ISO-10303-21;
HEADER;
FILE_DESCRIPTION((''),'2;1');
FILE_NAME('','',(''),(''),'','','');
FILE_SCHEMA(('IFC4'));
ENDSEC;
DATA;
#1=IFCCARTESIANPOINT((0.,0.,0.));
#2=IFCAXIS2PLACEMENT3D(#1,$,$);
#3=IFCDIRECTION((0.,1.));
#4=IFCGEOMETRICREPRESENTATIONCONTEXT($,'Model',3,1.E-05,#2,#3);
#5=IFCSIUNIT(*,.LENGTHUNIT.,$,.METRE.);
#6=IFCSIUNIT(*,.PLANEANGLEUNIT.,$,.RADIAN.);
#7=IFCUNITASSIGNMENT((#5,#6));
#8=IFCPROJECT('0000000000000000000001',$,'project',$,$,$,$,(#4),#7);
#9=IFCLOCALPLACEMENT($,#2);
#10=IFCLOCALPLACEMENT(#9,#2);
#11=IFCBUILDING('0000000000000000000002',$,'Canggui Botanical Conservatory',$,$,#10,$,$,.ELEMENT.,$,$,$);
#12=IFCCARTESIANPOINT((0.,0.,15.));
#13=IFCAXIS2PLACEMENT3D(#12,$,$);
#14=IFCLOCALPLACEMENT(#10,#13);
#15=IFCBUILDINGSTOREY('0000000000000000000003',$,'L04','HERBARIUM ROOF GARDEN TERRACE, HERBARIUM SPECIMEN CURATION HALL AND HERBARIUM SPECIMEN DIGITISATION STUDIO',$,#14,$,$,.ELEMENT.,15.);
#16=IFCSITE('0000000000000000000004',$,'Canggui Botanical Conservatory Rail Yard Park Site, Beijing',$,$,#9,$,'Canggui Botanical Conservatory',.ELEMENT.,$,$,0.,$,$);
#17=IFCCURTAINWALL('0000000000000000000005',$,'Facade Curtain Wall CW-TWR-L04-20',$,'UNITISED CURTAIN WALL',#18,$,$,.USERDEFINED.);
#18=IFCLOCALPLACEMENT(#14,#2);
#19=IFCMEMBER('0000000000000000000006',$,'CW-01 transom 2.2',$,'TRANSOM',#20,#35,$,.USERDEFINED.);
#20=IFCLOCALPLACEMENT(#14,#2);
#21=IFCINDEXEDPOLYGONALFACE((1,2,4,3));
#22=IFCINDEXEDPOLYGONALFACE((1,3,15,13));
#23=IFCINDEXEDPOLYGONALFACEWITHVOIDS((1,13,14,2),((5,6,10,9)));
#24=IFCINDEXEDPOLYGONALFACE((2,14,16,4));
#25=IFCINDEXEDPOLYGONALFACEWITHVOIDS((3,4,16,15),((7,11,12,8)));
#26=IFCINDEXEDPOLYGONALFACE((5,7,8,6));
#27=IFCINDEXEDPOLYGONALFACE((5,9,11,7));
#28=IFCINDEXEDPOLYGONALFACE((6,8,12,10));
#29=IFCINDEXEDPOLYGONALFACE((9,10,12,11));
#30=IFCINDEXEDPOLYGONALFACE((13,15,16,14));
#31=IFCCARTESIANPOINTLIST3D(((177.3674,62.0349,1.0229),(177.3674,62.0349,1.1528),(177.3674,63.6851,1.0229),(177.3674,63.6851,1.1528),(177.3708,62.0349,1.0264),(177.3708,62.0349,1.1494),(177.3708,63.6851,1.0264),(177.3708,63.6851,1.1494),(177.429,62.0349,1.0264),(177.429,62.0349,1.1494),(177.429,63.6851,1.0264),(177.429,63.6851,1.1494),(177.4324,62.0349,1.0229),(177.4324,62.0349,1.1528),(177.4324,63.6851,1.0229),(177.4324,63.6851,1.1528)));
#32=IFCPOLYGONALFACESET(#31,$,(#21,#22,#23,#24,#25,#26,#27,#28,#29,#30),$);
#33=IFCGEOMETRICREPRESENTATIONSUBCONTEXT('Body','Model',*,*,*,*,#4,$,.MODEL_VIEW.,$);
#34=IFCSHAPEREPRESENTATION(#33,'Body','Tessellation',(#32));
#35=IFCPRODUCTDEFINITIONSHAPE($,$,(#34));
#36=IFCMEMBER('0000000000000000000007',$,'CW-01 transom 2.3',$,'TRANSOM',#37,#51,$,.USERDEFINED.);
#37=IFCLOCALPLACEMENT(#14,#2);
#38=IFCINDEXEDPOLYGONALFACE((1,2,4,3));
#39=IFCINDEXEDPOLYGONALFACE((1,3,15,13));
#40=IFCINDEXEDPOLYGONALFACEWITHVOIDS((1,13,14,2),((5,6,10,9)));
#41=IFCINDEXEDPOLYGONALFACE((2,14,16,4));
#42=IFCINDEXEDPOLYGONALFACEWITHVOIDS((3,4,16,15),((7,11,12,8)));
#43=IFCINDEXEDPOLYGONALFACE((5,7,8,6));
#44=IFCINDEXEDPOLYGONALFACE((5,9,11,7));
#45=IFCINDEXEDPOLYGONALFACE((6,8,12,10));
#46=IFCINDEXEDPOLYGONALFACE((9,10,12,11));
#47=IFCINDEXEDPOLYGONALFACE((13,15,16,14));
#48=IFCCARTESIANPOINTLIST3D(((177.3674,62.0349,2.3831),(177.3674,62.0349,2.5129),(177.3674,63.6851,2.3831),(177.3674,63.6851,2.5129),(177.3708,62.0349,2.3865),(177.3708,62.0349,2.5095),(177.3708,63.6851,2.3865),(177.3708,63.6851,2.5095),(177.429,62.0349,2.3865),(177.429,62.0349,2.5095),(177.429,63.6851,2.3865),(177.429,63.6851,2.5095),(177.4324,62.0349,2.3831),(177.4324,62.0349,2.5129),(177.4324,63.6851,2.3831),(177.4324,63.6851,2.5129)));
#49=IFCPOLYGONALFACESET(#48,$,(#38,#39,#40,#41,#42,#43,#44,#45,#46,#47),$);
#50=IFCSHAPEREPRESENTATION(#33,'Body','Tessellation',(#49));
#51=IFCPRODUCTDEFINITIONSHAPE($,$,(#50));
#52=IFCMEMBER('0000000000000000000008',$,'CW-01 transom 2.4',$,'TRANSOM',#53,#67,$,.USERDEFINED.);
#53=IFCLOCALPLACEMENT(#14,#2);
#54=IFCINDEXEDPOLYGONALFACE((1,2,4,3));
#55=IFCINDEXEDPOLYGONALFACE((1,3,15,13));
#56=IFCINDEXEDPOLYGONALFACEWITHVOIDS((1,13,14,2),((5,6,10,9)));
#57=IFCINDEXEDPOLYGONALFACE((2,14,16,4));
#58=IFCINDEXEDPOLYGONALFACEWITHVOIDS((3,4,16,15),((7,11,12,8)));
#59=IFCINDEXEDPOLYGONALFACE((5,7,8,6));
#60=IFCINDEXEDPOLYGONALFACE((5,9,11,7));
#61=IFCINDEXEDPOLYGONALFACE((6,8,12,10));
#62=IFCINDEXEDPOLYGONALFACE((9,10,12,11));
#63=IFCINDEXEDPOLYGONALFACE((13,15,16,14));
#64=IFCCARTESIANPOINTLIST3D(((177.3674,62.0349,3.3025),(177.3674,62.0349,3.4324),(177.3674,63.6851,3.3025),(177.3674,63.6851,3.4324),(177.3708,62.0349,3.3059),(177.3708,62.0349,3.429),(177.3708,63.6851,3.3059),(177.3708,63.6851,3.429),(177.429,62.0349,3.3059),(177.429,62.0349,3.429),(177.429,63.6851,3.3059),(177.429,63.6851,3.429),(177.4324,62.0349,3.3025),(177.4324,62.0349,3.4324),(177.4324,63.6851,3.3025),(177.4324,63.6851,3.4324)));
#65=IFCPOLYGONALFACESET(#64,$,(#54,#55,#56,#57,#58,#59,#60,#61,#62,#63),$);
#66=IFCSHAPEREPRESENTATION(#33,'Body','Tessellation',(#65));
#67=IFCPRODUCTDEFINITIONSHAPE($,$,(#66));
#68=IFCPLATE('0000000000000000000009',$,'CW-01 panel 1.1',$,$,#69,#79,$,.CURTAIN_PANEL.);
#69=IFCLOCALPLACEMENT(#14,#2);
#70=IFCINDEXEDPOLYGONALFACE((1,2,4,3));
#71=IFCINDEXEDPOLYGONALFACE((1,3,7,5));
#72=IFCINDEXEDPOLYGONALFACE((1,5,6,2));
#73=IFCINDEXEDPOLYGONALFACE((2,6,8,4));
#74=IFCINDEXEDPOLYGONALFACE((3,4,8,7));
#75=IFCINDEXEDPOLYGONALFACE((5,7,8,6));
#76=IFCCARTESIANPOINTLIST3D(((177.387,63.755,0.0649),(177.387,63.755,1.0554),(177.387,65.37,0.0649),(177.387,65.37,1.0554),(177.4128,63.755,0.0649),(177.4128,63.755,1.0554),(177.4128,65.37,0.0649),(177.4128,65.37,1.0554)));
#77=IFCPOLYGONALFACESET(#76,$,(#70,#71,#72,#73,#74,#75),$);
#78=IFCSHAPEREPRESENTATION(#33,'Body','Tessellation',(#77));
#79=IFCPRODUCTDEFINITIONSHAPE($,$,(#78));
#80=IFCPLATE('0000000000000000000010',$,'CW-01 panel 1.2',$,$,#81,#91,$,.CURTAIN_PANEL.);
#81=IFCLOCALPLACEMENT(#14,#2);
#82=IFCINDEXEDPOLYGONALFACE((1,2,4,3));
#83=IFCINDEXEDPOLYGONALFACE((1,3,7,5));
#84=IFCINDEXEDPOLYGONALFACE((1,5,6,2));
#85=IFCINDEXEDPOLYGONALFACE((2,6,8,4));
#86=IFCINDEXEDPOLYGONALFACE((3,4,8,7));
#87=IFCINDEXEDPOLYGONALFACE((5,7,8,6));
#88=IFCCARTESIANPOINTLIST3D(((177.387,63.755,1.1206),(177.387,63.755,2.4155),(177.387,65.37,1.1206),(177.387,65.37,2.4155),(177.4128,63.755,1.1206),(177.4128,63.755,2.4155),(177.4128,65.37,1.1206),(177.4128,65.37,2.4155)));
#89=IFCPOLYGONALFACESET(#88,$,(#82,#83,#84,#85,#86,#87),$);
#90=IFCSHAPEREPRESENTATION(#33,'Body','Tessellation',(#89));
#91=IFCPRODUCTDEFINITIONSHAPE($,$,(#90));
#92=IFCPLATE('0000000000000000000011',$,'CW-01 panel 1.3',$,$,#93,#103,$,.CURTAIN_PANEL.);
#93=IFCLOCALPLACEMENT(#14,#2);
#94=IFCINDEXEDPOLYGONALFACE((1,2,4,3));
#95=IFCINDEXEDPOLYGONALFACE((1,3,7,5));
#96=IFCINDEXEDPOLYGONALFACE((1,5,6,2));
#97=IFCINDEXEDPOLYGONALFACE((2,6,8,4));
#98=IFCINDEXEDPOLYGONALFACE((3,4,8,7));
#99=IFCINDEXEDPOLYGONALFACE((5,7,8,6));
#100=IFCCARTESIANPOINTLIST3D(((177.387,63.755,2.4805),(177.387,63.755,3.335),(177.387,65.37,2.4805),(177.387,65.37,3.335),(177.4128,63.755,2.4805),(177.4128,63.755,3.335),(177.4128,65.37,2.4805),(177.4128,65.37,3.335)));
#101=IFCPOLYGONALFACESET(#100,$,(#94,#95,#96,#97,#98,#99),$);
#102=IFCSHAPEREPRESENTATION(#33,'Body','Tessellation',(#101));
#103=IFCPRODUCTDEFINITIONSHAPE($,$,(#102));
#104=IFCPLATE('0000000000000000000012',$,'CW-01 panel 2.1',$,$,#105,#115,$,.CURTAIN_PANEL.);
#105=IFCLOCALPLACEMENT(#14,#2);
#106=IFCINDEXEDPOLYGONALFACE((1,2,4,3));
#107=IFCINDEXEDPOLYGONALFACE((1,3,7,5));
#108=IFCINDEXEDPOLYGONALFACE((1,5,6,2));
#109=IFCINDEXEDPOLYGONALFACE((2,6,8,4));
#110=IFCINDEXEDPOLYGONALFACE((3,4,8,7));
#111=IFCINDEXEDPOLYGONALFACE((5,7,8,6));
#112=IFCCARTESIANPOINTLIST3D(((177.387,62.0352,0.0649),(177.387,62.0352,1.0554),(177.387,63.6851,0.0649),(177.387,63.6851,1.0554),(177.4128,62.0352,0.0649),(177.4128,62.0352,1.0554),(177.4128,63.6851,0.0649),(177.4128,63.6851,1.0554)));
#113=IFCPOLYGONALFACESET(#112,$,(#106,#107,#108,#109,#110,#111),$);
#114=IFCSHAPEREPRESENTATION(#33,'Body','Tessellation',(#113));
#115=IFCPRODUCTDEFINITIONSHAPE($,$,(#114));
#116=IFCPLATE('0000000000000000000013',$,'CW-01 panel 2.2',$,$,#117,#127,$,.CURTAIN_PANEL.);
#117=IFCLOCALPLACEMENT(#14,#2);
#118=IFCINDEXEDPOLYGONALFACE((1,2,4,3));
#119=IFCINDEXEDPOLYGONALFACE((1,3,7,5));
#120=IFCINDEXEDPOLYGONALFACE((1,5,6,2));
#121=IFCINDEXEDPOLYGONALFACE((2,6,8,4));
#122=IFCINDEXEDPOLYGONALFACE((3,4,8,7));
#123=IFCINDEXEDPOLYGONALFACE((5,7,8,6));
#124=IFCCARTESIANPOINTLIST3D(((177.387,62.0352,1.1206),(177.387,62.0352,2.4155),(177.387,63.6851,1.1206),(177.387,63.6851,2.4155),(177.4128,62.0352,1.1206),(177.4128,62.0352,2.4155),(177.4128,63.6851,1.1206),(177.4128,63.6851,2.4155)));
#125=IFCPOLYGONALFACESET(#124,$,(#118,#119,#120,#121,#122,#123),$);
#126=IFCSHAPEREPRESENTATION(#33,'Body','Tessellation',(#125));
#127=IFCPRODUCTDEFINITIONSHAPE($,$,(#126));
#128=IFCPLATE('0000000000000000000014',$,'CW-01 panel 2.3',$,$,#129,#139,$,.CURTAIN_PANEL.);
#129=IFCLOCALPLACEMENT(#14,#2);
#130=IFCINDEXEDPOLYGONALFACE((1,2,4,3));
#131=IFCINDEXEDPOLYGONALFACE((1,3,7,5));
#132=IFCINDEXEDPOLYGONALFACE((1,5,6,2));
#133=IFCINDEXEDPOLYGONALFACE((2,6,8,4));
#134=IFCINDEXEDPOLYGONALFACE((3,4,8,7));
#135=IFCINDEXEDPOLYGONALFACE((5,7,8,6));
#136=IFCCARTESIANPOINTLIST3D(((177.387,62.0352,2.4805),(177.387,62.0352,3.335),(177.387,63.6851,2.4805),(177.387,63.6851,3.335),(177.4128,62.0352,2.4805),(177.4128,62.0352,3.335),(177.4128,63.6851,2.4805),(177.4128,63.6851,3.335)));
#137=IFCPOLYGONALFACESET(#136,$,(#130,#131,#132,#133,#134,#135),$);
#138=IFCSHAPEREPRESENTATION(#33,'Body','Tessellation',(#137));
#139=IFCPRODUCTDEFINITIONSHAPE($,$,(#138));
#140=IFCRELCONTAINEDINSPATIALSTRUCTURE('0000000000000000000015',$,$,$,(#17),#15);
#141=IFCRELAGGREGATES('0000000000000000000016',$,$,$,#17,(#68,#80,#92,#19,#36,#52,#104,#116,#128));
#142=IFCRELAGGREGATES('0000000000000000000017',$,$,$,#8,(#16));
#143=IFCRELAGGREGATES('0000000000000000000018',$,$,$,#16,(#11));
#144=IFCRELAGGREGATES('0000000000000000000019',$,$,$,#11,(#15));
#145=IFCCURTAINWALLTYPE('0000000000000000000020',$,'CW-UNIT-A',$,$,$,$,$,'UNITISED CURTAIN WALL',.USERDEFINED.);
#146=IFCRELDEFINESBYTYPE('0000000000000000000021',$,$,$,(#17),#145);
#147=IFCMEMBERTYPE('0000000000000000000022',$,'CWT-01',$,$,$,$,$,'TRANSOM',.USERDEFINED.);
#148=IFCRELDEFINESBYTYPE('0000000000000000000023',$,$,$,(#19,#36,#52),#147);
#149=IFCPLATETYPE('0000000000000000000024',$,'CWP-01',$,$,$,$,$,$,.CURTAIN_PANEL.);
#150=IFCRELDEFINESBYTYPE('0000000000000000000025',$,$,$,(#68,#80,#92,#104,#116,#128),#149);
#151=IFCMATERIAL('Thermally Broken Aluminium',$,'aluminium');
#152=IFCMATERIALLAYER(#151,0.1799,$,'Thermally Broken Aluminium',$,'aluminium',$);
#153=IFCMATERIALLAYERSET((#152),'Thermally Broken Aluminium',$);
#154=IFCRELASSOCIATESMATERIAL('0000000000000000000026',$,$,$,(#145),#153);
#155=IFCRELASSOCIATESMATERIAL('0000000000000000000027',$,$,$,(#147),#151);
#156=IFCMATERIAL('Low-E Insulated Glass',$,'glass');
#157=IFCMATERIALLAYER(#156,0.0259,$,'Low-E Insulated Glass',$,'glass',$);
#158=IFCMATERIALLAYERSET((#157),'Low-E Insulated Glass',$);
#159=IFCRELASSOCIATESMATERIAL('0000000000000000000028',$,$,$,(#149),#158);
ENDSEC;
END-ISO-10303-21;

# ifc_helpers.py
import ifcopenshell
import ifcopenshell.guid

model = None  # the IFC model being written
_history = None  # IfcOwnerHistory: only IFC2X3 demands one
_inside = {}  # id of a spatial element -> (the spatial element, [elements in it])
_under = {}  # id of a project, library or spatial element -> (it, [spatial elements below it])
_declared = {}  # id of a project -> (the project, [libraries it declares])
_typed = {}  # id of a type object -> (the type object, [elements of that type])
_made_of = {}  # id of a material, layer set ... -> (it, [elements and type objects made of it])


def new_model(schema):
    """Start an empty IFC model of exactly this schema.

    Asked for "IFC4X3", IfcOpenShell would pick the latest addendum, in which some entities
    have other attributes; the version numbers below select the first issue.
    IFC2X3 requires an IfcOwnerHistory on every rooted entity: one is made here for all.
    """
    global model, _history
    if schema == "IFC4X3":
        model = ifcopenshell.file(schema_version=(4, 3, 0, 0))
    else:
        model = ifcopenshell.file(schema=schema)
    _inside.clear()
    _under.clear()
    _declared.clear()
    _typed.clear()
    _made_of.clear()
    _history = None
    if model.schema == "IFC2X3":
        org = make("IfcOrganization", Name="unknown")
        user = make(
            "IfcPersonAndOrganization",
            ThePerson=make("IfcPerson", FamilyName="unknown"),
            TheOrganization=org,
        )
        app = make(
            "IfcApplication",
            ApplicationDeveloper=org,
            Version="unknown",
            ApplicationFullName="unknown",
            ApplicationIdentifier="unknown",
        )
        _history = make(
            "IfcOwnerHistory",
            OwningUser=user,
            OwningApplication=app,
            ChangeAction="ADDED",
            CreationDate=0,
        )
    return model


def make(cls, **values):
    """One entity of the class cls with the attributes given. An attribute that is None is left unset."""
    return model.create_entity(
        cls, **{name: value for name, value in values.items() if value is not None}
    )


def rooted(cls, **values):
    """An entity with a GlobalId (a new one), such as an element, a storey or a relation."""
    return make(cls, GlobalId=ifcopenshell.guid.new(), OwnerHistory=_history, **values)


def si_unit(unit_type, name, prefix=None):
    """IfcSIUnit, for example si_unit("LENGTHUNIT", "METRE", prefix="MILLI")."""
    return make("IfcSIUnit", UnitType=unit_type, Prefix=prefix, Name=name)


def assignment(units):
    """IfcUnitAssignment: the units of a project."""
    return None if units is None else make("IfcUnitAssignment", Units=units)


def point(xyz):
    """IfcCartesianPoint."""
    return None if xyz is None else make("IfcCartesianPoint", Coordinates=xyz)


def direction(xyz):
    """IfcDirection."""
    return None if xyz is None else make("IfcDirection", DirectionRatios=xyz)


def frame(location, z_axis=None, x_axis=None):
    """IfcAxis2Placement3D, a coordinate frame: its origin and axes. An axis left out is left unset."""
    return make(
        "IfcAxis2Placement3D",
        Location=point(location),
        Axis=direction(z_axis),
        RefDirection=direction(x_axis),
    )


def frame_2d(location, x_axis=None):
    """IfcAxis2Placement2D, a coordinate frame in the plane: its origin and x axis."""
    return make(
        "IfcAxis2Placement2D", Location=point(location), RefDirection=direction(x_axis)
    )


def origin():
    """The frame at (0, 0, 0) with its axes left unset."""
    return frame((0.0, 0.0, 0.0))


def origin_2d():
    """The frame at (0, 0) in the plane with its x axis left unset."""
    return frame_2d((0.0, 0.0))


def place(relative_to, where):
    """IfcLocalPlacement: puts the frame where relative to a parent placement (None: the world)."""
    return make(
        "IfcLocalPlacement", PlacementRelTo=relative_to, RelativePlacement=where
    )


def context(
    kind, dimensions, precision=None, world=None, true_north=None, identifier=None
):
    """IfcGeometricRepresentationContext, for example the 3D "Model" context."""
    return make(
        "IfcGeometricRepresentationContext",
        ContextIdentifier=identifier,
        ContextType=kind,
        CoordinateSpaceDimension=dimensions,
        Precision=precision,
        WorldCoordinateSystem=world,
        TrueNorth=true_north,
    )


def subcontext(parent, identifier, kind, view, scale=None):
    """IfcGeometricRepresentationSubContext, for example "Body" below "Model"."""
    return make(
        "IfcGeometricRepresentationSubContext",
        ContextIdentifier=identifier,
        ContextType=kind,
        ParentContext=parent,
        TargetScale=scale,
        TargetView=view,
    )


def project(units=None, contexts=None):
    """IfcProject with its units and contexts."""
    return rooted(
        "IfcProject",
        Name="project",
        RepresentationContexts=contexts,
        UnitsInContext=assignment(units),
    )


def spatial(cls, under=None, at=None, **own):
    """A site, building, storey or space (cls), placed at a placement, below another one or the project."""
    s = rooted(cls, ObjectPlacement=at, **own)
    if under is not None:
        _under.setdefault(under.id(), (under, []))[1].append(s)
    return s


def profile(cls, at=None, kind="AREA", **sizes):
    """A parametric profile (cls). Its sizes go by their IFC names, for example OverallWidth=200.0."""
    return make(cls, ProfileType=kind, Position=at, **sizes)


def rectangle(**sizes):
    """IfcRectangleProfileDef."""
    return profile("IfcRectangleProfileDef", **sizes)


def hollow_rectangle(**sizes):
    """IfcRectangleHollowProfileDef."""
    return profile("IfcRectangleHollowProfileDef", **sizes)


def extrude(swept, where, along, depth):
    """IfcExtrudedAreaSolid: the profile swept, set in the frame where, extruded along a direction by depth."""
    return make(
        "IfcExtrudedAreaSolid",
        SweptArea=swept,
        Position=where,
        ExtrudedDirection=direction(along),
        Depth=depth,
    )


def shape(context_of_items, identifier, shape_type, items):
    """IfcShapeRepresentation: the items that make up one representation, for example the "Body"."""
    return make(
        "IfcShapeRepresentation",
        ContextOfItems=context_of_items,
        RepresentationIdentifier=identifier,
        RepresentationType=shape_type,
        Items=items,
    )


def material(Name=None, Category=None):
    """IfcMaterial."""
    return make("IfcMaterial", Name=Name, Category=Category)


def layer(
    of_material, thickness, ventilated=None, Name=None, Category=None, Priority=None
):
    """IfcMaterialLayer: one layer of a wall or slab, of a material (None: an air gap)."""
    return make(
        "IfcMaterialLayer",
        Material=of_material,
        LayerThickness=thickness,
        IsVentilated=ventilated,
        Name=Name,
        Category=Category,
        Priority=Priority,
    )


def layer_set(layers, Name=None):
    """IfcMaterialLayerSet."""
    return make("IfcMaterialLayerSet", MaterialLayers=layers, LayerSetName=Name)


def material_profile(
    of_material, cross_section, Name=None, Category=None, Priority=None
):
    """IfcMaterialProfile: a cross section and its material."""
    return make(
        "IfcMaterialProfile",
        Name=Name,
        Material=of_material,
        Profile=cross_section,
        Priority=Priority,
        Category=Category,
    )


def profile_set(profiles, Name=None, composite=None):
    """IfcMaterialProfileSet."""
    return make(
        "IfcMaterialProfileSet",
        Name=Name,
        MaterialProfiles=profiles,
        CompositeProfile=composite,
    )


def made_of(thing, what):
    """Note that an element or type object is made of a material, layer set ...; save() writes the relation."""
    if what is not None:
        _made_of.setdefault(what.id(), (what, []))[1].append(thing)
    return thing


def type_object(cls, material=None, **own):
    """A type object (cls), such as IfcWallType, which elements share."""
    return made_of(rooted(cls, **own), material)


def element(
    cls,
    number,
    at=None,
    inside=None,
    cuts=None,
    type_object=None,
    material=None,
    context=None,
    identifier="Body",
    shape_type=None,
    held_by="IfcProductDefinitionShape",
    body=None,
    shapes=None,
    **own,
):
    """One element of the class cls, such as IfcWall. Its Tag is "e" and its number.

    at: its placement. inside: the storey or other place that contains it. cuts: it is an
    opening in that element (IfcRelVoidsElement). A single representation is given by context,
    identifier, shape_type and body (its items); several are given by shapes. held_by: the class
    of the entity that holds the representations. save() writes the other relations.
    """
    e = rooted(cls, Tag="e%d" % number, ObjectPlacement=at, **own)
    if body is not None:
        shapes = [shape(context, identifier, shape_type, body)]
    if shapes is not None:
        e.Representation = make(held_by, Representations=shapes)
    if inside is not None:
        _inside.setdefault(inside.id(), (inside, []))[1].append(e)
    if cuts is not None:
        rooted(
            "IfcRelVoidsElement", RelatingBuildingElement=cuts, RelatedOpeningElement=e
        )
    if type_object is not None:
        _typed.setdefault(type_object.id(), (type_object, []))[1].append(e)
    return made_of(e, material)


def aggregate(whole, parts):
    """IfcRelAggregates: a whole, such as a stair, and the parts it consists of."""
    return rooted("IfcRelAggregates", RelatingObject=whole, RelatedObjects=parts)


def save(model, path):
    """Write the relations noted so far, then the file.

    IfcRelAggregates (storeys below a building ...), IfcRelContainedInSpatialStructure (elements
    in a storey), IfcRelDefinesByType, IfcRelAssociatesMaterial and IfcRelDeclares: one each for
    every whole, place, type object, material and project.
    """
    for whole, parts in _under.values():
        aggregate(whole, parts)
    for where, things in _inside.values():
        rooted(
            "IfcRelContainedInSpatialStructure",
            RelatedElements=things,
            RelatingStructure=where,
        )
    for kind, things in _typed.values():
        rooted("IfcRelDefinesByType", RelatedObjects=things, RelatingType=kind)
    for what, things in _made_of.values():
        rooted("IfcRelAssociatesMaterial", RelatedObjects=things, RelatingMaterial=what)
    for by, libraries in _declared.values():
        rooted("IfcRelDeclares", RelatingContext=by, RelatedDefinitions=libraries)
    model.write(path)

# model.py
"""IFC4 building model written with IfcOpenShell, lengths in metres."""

from ifc_helpers import new_model, si_unit, direction, frame, origin, origin_2d, place, context, subcontext, project, spatial, rectangle, hollow_rectangle, extrude, material, layer, layer_set, material_profile, profile_set, type_object, element, aggregate, save


model = new_model("IFC4")

# Units and contexts
model_context = context("Model", 3, precision=1e-05, world=origin(), true_north=direction((0.0, 1.0)))
body_context = subcontext(model_context, "Body", "Model", "MODEL_VIEW")
ifc_project = project(units=[si_unit("LENGTHUNIT", "METRE"), si_unit("PLANEANGLEUNIT", "RADIAN")], contexts=[model_context])

# Site, building, storey
site_placement = place(None, origin())
site = spatial("IfcSite", under=ifc_project, at=site_placement, Name="Canggui Botanical Conservatory Rail Yard Park Site, Beijing", LongName="Canggui Botanical Conservatory", CompositionType="ELEMENT", RefElevation=0.0)
building_placement = place(site_placement, origin())
building = spatial("IfcBuilding", under=site, at=building_placement, Name="Canggui Botanical Conservatory", CompositionType="ELEMENT")
storey_placement = place(building_placement, frame((0.0, 0.0, 15.0)))
storey = spatial("IfcBuildingStorey", under=building, at=storey_placement, Name="L04", Description="HERBARIUM ROOF GARDEN TERRACE, HERBARIUM SPECIMEN CURATION HALL AND HERBARIUM SPECIMEN DIGITISATION STUDIO", CompositionType="ELEMENT", Elevation=15.0)

# Curtain wall, members, plates
ifc_material_1 = material(Name="Thermally Broken Aluminium", Category="aluminium")
ifc_layer_1 = layer(ifc_material_1, 0.1799, Name="Thermally Broken Aluminium", Category="aluminium")
ifc_layer_set_1 = layer_set([ifc_layer_1], Name="Thermally Broken Aluminium")
curtain_wall_type = type_object("IfcCurtainWallType", Name="CW-UNIT-A", ElementType="UNITISED CURTAIN WALL", PredefinedType="USERDEFINED", material=ifc_layer_set_1)
curtain_wall_placement = place(storey_placement, origin())
curtain_wall = element("IfcCurtainWall", 1, at=curtain_wall_placement, inside=storey, type_object=curtain_wall_type, Name="Facade Curtain Wall CW-TWR-L04-20", ObjectType="UNITISED CURTAIN WALL", PredefinedType="USERDEFINED")
ifc_material_profile_1 = material_profile(ifc_material_1, hollow_rectangle(XDim=0.0649, YDim=0.1299, WallThickness=0.0034, at=origin_2d()), Name="CWT 65x130x3.5")
ifc_profile_set_1 = profile_set([ifc_material_profile_1], Name="Thermally Broken Aluminium")
member_type_1 = type_object("IfcMemberType", Name="CWT-01", ElementType="TRANSOM", PredefinedType="USERDEFINED", material=ifc_profile_set_1)
member_1_placement = place(storey_placement, frame((177.3999, 63.6851, 1.0879), z_axis=(0.0, -1.0, 0.0), x_axis=(1.0, 0.0, 0.0)))
member_1 = element("IfcMember", 2, at=member_1_placement, type_object=member_type_1, Name="CW-01 transom 2.2", ObjectType="TRANSOM", PredefinedType="USERDEFINED", context=body_context, shape_type="SweptSolid", body=[
    extrude(hollow_rectangle(XDim=0.0649, YDim=0.1299, WallThickness=0.0034, at=origin_2d()), origin(), (0.0, 0.0, 1.0), 1.6501),
])
member_2_placement = place(storey_placement, frame((177.3999, 63.6851, 2.448), z_axis=(0.0, -1.0, 0.0), x_axis=(1.0, 0.0, 0.0)))
member_2 = element("IfcMember", 3, at=member_2_placement, type_object=member_type_1, Name="CW-01 transom 2.3", ObjectType="TRANSOM", PredefinedType="USERDEFINED", context=body_context, shape_type="SweptSolid", body=[
    extrude(hollow_rectangle(XDim=0.0649, YDim=0.1299, WallThickness=0.0034, at=origin_2d()), origin(), (0.0, 0.0, 1.0), 1.6501),
])
member_3_placement = place(storey_placement, frame((177.3999, 63.6851, 3.3674), z_axis=(0.0, -1.0, 0.0), x_axis=(1.0, 0.0, 0.0)))
member_3 = element("IfcMember", 4, at=member_3_placement, type_object=member_type_1, Name="CW-01 transom 2.4", ObjectType="TRANSOM", PredefinedType="USERDEFINED", context=body_context, shape_type="SweptSolid", body=[
    extrude(hollow_rectangle(XDim=0.0649, YDim=0.1299, WallThickness=0.0034, at=origin_2d()), origin(), (0.0, 0.0, 1.0), 1.6501),
])
ifc_material_2 = material(Name="Low-E Insulated Glass", Category="glass")
ifc_layer_2 = layer(ifc_material_2, 0.0259, Name="Low-E Insulated Glass", Category="glass")
ifc_layer_set_2 = layer_set([ifc_layer_2], Name="Low-E Insulated Glass")
plate_type = type_object("IfcPlateType", Name="CWP-01", PredefinedType="CURTAIN_PANEL", material=ifc_layer_set_2)
plate_1_placement = place(storey_placement, frame((177.3999, 64.5625, 0.0649), z_axis=(0.0, 0.0, 1.0), x_axis=(0.0, -1.0, 0.0)))
plate_1 = element("IfcPlate", 5, at=plate_1_placement, type_object=plate_type, Name="CW-01 panel 1.1", PredefinedType="CURTAIN_PANEL", context=body_context, shape_type="SweptSolid", body=[
    extrude(rectangle(XDim=1.615, YDim=0.0259, at=origin_2d()), origin(), (0.0, 0.0, 1.0), 0.9905),
])
plate_2_placement = place(storey_placement, frame((177.3999, 64.5625, 1.1206), z_axis=(0.0, 0.0, 1.0), x_axis=(0.0, -1.0, 0.0)))
plate_2 = element("IfcPlate", 6, at=plate_2_placement, type_object=plate_type, Name="CW-01 panel 1.2", PredefinedType="CURTAIN_PANEL", context=body_context, shape_type="SweptSolid", body=[
    extrude(rectangle(XDim=1.615, YDim=0.0259, at=origin_2d()), origin(), (0.0, 0.0, 1.0), 1.2949),
])
plate_3_placement = place(storey_placement, frame((177.3999, 64.5625, 2.4805), z_axis=(0.0, 0.0, 1.0), x_axis=(0.0, -1.0, 0.0)))
plate_3 = element("IfcPlate", 7, at=plate_3_placement, type_object=plate_type, Name="CW-01 panel 1.3", PredefinedType="CURTAIN_PANEL", context=body_context, shape_type="SweptSolid", body=[
    extrude(rectangle(XDim=1.615, YDim=0.0259, at=origin_2d()), origin(), (0.0, 0.0, 1.0), 0.8545),
])
plate_4_placement = place(storey_placement, frame((177.3999, 62.8601, 0.0649), z_axis=(0.0, 0.0, 1.0), x_axis=(0.0, -1.0, 0.0)))
plate_4 = element("IfcPlate", 8, at=plate_4_placement, type_object=plate_type, Name="CW-01 panel 2.1", PredefinedType="CURTAIN_PANEL", context=body_context, shape_type="SweptSolid", body=[
    extrude(rectangle(XDim=1.6499, YDim=0.0259, at=origin_2d()), origin(), (0.0, 0.0, 1.0), 0.9905),
])
plate_5_placement = place(storey_placement, frame((177.3999, 62.8601, 1.1206), z_axis=(0.0, 0.0, 1.0), x_axis=(0.0, -1.0, 0.0)))
plate_5 = element("IfcPlate", 9, at=plate_5_placement, type_object=plate_type, Name="CW-01 panel 2.2", PredefinedType="CURTAIN_PANEL", context=body_context, shape_type="SweptSolid", body=[
    extrude(rectangle(XDim=1.6499, YDim=0.0259, at=origin_2d()), origin(), (0.0, 0.0, 1.0), 1.2949),
])
plate_6_placement = place(storey_placement, frame((177.3999, 62.8601, 2.4805), z_axis=(0.0, 0.0, 1.0), x_axis=(0.0, -1.0, 0.0)))
plate_6 = element("IfcPlate", 10, at=plate_6_placement, type_object=plate_type, Name="CW-01 panel 2.3", PredefinedType="CURTAIN_PANEL", context=body_context, shape_type="SweptSolid", body=[
    extrude(rectangle(XDim=1.6499, YDim=0.0259, at=origin_2d()), origin(), (0.0, 0.0, 1.0), 0.8545),
])
aggregate(curtain_wall, [plate_1, plate_2, plate_3, member_1, member_2, member_3, plate_4, plate_5, plate_6])

save(model, "model.ifc")
